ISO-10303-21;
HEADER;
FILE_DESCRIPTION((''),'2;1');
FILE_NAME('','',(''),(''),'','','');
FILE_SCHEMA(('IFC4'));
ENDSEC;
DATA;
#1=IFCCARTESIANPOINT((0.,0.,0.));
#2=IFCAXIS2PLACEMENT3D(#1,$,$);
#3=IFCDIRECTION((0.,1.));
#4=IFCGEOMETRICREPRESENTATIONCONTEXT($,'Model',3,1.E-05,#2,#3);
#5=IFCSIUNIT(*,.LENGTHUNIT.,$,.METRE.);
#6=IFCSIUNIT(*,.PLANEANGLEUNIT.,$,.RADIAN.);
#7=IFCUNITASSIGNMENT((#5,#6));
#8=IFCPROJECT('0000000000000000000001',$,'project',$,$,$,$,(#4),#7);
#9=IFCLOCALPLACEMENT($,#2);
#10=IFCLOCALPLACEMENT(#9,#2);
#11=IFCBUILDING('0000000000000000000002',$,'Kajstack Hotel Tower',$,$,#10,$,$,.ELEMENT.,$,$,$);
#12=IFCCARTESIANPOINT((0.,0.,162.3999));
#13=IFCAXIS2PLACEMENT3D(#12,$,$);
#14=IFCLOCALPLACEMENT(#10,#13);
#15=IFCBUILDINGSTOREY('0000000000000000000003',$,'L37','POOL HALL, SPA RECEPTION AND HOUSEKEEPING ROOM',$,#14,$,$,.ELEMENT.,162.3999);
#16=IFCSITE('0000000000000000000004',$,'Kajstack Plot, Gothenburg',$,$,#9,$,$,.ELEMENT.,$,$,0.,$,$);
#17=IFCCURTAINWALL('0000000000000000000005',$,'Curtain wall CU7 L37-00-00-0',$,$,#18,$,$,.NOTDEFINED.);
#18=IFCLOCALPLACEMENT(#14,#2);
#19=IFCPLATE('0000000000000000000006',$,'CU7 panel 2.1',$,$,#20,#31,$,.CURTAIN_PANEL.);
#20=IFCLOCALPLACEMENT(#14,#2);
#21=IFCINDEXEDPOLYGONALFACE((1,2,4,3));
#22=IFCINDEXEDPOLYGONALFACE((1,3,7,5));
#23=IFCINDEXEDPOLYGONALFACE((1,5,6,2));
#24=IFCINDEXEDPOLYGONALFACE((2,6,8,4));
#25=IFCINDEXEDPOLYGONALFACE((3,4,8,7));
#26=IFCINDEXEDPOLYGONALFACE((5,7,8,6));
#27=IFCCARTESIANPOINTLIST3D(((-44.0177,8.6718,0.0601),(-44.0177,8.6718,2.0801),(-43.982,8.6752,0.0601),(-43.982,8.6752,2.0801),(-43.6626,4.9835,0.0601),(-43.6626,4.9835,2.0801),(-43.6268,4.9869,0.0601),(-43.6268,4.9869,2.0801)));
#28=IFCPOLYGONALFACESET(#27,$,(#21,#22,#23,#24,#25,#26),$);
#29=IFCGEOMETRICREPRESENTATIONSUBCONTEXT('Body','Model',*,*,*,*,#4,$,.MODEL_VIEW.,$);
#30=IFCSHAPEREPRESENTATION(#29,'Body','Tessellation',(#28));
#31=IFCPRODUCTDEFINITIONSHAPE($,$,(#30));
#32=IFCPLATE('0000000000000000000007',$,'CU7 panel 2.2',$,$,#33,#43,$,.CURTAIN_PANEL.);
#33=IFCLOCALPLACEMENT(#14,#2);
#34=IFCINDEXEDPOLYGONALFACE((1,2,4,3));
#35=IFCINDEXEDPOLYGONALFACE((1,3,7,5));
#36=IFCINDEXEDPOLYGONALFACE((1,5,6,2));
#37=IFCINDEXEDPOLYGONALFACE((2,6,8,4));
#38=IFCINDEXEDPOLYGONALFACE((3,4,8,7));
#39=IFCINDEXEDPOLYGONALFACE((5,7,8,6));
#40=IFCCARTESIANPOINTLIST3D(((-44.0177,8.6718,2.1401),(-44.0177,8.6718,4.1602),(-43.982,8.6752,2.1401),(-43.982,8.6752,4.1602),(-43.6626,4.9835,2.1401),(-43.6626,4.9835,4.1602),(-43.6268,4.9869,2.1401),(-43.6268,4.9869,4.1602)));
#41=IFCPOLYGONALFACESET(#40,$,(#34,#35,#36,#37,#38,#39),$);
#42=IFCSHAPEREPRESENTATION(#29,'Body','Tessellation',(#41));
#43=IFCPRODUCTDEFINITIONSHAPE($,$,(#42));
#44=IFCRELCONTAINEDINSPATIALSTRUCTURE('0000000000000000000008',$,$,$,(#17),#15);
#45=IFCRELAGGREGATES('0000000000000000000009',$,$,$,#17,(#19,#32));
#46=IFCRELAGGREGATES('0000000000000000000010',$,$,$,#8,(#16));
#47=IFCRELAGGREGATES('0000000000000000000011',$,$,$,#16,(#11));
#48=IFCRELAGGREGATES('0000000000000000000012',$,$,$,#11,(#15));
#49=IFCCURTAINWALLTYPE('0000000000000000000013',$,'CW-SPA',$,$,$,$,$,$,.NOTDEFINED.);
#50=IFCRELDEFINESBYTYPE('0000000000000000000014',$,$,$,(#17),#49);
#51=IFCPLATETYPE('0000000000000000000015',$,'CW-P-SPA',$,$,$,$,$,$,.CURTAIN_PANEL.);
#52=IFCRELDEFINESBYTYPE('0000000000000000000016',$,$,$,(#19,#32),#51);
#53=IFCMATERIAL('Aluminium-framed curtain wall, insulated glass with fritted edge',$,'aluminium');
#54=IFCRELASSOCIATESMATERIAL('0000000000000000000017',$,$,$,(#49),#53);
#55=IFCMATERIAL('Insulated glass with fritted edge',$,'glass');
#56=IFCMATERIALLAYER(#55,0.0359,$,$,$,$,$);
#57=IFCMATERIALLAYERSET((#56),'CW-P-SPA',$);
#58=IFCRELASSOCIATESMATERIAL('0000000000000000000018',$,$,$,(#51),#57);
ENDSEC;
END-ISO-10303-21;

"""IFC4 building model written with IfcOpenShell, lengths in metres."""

from ifc_helpers import new_model, si_unit, direction, frame, origin, origin_2d, place, context, subcontext, project, spatial, rectangle, extrude, material, layer, layer_set, type_object, element, aggregate, save


model = new_model("IFC4")

# Units and contexts
model_context = context("Model", 3, precision=1e-05, world=origin(), true_north=direction((0.0, 1.0)))
body_context = subcontext(model_context, "Body", "Model", "MODEL_VIEW")
ifc_project = project(units=[si_unit("LENGTHUNIT", "METRE"), si_unit("PLANEANGLEUNIT", "RADIAN")], contexts=[model_context])

# Site, building, storey
site_placement = place(None, origin())
site = spatial("IfcSite", under=ifc_project, at=site_placement, Name="Kajstack Plot, Gothenburg", CompositionType="ELEMENT", RefElevation=0.0)
building_placement = place(site_placement, origin())
building = spatial("IfcBuilding", under=site, at=building_placement, Name="Kajstack Hotel Tower", CompositionType="ELEMENT")
storey_placement = place(building_placement, frame((0.0, 0.0, 162.3999)))
storey = spatial("IfcBuildingStorey", under=building, at=storey_placement, Name="L37", Description="POOL HALL, SPA RECEPTION AND HOUSEKEEPING ROOM", CompositionType="ELEMENT", Elevation=162.3999)

# Curtain wall
ifc_material_1 = material(Name="Aluminium-framed curtain wall, insulated glass with fritted edge", Category="aluminium")
curtain_wall_type = type_object("IfcCurtainWallType", Name="CW-SPA", PredefinedType="NOTDEFINED", material=ifc_material_1)
curtain_wall_1_placement = place(storey_placement, origin())
curtain_wall_1 = element("IfcCurtainWall", 1, at=curtain_wall_1_placement, inside=storey, type_object=curtain_wall_type, Name="Curtain wall CU7 L37-00-00-0", PredefinedType="NOTDEFINED")

# Plates
ifc_material_2 = material(Name="Insulated glass with fritted edge", Category="glass")
ifc_layer = layer(ifc_material_2, 0.0359)
ifc_layer_set = layer_set([ifc_layer], Name="CW-P-SPA")
plate_type = type_object("IfcPlateType", Name="CW-P-SPA", PredefinedType="CURTAIN_PANEL", material=ifc_layer_set)
plate_1_placement = place(storey_placement, frame((-43.8223, 6.8293, 0.0601), z_axis=(0.0, 0.0, 1.0), x_axis=(0.095844, -0.995396, 0.0)))
plate_1 = element("IfcPlate", 2, at=plate_1_placement, type_object=plate_type, Name="CU7 panel 2.1", PredefinedType="CURTAIN_PANEL", context=body_context, shape_type="SweptSolid", body=[
    extrude(rectangle(XDim=3.7053, YDim=0.0359, at=origin_2d()), origin(), (0.0, 0.0, 1.0), 2.02),
])
plate_2_placement = place(storey_placement, frame((-43.8223, 6.8293, 2.1401), z_axis=(0.0, 0.0, 1.0), x_axis=(0.095844, -0.995396, 0.0)))
plate_2 = element("IfcPlate", 3, at=plate_2_placement, type_object=plate_type, Name="CU7 panel 2.2", PredefinedType="CURTAIN_PANEL", context=body_context, shape_type="SweptSolid", body=[
    extrude(rectangle(XDim=3.7053, YDim=0.0359, at=origin_2d()), origin(), (0.0, 0.0, 1.0), 2.02),
])
aggregate(curtain_wall_1, [plate_1, plate_2])

save(model, "model.ifc")
